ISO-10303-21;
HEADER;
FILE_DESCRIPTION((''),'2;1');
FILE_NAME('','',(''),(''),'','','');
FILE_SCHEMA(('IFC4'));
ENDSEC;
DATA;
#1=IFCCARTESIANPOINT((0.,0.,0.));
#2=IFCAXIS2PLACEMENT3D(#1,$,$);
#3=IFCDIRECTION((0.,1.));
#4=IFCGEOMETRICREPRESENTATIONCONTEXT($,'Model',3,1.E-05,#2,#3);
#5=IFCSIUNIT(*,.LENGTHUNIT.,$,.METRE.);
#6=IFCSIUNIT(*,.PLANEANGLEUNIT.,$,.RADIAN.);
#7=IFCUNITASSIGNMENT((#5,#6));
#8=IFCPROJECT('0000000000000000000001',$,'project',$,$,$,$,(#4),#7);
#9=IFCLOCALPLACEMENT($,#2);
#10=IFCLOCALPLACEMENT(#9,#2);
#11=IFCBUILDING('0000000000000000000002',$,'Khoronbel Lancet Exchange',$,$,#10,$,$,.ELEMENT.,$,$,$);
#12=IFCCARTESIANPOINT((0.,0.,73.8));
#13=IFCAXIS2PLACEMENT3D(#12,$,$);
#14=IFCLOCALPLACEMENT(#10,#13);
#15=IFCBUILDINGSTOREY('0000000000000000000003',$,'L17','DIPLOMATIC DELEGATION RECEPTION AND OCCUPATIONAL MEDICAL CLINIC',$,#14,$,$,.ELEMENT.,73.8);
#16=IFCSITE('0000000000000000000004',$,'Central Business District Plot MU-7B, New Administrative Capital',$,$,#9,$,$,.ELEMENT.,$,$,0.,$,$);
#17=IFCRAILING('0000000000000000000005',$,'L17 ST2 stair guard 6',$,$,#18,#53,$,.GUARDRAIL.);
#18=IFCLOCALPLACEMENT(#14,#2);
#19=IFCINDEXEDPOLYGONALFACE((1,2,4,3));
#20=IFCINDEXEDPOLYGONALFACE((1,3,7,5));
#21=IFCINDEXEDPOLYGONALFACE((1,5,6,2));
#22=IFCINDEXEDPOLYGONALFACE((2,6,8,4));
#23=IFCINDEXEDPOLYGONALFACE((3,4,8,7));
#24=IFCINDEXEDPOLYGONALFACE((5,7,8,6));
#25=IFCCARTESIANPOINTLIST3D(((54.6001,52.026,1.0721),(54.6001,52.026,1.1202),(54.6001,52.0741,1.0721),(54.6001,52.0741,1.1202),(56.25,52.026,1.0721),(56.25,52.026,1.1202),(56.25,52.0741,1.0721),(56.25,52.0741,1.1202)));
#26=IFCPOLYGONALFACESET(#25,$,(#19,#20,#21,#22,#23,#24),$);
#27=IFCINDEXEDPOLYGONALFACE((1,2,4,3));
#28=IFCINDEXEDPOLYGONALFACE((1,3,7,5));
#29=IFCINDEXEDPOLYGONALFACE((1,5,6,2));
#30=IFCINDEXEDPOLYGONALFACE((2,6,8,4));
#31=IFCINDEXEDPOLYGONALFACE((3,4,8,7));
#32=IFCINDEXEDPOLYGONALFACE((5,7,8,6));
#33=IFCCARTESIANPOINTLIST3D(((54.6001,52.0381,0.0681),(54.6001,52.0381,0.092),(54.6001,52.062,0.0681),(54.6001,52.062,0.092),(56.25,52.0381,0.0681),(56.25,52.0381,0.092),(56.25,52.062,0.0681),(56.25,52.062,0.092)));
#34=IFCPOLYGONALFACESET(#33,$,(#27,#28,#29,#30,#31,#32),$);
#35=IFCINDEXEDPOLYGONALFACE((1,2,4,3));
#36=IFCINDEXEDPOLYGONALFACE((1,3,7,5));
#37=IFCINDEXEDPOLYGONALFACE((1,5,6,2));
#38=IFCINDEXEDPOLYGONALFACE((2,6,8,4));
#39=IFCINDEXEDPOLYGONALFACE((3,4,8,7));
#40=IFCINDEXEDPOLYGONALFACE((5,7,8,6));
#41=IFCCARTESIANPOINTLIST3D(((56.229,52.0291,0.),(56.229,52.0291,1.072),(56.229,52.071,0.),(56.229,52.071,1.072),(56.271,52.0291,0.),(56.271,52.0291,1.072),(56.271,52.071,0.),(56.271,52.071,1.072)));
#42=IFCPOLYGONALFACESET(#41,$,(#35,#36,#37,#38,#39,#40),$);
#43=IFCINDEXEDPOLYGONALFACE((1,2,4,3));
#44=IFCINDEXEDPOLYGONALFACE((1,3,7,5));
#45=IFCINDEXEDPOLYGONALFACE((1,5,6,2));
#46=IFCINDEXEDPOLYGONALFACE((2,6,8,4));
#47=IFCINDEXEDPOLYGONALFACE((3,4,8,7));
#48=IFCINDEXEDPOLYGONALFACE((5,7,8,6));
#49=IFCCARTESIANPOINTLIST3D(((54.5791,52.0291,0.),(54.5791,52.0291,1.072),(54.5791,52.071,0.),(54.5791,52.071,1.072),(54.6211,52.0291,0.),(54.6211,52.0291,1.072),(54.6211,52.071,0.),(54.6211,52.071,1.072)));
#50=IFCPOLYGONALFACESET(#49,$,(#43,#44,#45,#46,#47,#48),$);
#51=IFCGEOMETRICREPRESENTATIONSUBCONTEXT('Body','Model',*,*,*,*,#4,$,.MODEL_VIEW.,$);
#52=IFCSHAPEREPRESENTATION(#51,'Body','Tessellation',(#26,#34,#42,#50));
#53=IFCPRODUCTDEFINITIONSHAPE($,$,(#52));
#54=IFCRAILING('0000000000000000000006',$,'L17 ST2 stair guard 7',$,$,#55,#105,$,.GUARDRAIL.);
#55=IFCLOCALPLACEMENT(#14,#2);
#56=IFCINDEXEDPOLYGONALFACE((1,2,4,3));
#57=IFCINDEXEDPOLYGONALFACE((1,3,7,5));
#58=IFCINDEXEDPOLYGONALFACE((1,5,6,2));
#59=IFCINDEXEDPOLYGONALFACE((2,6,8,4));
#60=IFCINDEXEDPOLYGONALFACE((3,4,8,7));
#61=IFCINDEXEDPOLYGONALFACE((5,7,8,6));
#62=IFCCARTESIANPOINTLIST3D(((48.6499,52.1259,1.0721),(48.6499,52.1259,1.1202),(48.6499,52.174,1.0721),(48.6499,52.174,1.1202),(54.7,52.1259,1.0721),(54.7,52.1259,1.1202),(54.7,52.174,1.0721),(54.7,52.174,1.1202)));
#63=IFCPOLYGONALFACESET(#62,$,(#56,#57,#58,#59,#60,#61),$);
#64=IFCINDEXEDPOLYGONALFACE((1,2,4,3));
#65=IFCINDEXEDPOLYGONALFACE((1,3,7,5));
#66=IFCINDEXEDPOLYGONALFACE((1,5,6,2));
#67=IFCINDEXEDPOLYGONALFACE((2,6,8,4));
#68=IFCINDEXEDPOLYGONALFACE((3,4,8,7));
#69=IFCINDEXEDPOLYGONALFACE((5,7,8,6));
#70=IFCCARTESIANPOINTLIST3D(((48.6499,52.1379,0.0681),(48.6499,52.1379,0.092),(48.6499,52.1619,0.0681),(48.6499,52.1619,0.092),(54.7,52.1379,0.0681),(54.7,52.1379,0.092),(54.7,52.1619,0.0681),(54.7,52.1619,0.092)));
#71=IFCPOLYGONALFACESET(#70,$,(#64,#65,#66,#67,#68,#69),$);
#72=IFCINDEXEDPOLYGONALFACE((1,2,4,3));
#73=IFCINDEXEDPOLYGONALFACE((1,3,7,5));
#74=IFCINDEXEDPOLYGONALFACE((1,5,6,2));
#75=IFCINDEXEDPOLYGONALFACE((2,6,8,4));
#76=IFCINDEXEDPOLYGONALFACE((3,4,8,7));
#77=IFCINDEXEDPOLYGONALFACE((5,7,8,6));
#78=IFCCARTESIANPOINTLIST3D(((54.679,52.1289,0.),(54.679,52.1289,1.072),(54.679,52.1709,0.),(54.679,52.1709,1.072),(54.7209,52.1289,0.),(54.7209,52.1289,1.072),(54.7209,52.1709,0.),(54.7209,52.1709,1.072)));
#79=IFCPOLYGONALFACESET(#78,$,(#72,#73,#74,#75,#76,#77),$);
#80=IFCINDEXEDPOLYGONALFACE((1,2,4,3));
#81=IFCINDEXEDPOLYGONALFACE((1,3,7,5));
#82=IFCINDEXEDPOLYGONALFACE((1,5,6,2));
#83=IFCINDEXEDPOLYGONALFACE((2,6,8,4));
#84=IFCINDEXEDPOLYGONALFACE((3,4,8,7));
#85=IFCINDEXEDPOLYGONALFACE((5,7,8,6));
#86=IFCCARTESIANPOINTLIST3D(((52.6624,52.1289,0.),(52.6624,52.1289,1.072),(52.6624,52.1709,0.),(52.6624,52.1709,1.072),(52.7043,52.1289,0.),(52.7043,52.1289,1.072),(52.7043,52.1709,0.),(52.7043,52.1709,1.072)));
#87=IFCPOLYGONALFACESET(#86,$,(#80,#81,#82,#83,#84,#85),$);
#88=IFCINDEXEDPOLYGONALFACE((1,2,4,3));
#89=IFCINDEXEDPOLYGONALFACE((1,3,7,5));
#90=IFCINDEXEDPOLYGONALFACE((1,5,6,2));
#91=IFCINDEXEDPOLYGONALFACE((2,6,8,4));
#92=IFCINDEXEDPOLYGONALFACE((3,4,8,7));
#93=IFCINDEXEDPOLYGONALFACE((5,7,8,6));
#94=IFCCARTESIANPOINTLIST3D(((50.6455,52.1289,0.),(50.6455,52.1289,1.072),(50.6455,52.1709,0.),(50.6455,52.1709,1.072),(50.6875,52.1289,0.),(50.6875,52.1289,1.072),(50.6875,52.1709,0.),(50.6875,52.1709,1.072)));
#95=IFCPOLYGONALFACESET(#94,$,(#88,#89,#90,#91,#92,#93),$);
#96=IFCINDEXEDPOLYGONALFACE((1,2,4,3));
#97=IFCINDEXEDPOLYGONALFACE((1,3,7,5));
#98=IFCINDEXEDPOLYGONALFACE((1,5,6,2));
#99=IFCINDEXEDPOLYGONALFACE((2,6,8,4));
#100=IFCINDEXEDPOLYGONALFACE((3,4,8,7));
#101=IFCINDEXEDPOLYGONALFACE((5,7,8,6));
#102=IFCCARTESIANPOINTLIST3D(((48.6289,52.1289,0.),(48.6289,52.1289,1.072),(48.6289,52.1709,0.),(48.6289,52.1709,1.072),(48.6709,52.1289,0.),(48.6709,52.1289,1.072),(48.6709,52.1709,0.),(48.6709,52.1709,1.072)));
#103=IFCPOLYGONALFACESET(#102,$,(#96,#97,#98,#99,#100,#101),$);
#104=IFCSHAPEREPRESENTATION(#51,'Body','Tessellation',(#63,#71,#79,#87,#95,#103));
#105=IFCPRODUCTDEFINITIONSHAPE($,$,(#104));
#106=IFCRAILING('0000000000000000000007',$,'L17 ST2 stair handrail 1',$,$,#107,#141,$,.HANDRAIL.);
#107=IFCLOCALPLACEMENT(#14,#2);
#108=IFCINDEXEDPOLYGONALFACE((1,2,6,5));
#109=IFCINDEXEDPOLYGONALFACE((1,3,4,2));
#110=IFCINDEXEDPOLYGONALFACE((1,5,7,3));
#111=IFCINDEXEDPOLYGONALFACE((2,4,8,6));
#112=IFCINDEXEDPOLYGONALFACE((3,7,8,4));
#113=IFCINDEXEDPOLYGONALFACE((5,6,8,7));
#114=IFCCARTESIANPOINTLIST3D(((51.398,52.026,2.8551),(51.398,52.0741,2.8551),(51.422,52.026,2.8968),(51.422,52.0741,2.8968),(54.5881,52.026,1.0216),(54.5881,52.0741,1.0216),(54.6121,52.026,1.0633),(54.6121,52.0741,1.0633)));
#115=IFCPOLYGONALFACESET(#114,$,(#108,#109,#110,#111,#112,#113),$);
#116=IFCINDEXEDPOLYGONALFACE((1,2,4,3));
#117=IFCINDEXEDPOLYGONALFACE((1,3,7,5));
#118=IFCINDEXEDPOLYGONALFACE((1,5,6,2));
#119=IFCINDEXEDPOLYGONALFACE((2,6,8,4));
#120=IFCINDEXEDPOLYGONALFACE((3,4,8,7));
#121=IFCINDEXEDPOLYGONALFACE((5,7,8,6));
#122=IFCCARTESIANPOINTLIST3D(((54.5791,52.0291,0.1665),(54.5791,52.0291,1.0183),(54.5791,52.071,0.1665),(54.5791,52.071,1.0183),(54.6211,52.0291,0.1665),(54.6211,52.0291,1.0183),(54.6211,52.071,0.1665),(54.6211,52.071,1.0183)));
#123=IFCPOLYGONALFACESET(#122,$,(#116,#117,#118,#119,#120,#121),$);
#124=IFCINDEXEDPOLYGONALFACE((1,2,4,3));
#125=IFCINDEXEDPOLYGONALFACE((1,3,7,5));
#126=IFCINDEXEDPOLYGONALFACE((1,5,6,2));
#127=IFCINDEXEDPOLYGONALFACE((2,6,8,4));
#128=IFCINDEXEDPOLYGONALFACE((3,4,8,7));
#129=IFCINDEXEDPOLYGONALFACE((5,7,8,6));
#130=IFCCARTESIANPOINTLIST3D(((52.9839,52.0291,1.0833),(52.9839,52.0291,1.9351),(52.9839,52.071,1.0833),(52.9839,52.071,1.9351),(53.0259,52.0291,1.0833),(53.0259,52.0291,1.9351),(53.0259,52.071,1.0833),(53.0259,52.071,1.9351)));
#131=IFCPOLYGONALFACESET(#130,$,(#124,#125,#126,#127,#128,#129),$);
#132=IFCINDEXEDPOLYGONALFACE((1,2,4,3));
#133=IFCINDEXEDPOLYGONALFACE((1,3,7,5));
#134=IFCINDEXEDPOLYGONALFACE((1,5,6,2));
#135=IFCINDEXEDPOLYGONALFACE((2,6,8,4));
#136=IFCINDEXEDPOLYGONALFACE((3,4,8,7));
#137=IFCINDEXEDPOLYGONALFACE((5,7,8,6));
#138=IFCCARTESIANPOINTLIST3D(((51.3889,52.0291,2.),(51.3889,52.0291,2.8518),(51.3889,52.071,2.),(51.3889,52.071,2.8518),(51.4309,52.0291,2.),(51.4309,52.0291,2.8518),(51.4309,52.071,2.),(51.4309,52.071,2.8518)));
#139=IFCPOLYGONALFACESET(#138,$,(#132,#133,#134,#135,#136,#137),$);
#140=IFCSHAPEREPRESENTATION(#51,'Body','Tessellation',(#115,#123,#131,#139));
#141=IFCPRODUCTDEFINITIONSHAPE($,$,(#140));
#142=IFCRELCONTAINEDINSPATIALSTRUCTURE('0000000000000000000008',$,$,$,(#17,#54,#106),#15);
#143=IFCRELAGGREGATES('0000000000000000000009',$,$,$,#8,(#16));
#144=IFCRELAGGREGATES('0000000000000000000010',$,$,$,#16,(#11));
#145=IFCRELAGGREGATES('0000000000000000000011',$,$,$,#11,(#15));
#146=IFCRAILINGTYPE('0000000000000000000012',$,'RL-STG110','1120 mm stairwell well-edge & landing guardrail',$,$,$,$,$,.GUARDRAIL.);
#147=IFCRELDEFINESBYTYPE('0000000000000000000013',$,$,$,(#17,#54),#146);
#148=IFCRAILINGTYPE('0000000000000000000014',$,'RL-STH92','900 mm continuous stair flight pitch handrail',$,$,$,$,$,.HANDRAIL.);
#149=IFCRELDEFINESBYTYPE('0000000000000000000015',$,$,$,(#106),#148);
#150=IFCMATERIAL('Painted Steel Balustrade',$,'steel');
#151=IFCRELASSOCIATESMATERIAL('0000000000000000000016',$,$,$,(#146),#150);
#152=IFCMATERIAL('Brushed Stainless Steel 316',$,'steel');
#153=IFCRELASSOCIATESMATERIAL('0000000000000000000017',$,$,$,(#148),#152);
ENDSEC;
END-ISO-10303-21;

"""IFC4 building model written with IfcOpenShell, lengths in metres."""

from ifc_helpers import new_model, si_unit, direction, frame, origin, origin_2d, place, context, subcontext, project, spatial, rectangle, extrude, material, type_object, element, save


model = new_model("IFC4")

# Units and contexts
model_context = context("Model", 3, precision=1e-05, world=origin(), true_north=direction((0.0, 1.0)))
body_context = subcontext(model_context, "Body", "Model", "MODEL_VIEW")
ifc_project = project(units=[si_unit("LENGTHUNIT", "METRE"), si_unit("PLANEANGLEUNIT", "RADIAN")], contexts=[model_context])

# Site, building, storey
site_placement = place(None, origin())
site = spatial("IfcSite", under=ifc_project, at=site_placement, Name="Central Business District Plot MU-7B, New Administrative Capital", CompositionType="ELEMENT", RefElevation=0.0)
building_placement = place(site_placement, origin())
building = spatial("IfcBuilding", under=site, at=building_placement, Name="Khoronbel Lancet Exchange", CompositionType="ELEMENT")
storey_placement = place(building_placement, frame((0.0, 0.0, 73.8)))
storey = spatial("IfcBuildingStorey", under=building, at=storey_placement, Name="L17", Description="DIPLOMATIC DELEGATION RECEPTION AND OCCUPATIONAL MEDICAL CLINIC", CompositionType="ELEMENT", Elevation=73.8)

# Railings
ifc_material_1 = material(Name="Painted Steel Balustrade", Category="steel")
railing_type_1 = type_object("IfcRailingType", Name="RL-STG110", Description="1120 mm stairwell well-edge & landing guardrail", PredefinedType="GUARDRAIL", material=ifc_material_1)
railing_1_placement = place(storey_placement, frame((56.25, 52.05, 0.0)))
element("IfcRailing", 1, at=railing_1_placement, inside=storey, type_object=railing_type_1, Name="L17 ST2 stair guard 6", PredefinedType="GUARDRAIL", context=body_context, shape_type="SweptSolid", body=[
    extrude(rectangle(XDim=0.0481, YDim=0.0481, at=origin_2d()), frame((0.0, 0.0, 1.0962), z_axis=(-1.0, 0.0, 0.0), x_axis=(0.0, -1.0, 0.0)), (0.0, 0.0, 1.0), 1.6499),
    extrude(rectangle(XDim=0.0239, YDim=0.0239, at=origin_2d()), frame((0.0, 0.0, 0.0801), z_axis=(-1.0, 0.0, 0.0), x_axis=(0.0, -1.0, 0.0)), (0.0, 0.0, 1.0), 1.6499),
    extrude(rectangle(XDim=0.042, YDim=0.042, at=origin_2d()), origin(), (0.0, 0.0, 1.0), 1.072),
    extrude(rectangle(XDim=0.042, YDim=0.042, at=origin_2d()), frame((-1.6499, 0.0, 0.0)), (0.0, 0.0, 1.0), 1.072),
])
railing_2_placement = place(storey_placement, frame((54.7, 52.1499, 0.0)))
element("IfcRailing", 2, at=railing_2_placement, inside=storey, type_object=railing_type_1, Name="L17 ST2 stair guard 7", PredefinedType="GUARDRAIL", context=body_context, shape_type="SweptSolid", body=[
    extrude(rectangle(XDim=0.0481, YDim=0.0481, at=origin_2d()), frame((0.0, 0.0, 1.0962), z_axis=(-1.0, 0.0, 0.0), x_axis=(0.0, -1.0, 0.0)), (0.0, 0.0, 1.0), 6.05),
    extrude(rectangle(XDim=0.0239, YDim=0.0239, at=origin_2d()), frame((0.0, 0.0, 0.0801), z_axis=(-1.0, 0.0, 0.0), x_axis=(0.0, -1.0, 0.0)), (0.0, 0.0, 1.0), 6.05),
    extrude(rectangle(XDim=0.042, YDim=0.042, at=origin_2d()), origin(), (0.0, 0.0, 1.0), 1.072),
    extrude(rectangle(XDim=0.042, YDim=0.042, at=origin_2d()), frame((-2.0166, 0.0, 0.0)), (0.0, 0.0, 1.0), 1.072),
    extrude(rectangle(XDim=0.042, YDim=0.042, at=origin_2d()), frame((-4.0334, 0.0, 0.0)), (0.0, 0.0, 1.0), 1.072),
    extrude(rectangle(XDim=0.042, YDim=0.042, at=origin_2d()), frame((-6.05, 0.0, 0.0)), (0.0, 0.0, 1.0), 1.072),
])
ifc_material_2 = material(Name="Brushed Stainless Steel 316", Category="steel")
railing_type_2 = type_object("IfcRailingType", Name="RL-STH92", Description="900 mm continuous stair flight pitch handrail", PredefinedType="HANDRAIL", material=ifc_material_2)
railing_3_placement = place(storey_placement, frame((54.6001, 52.05, 0.1665)))
element("IfcRailing", 3, at=railing_3_placement, inside=storey, type_object=railing_type_2, Name="L17 ST2 stair handrail 1", PredefinedType="HANDRAIL", context=body_context, shape_type="SweptSolid", body=[
    extrude(rectangle(XDim=0.0481, YDim=0.0481, at=origin_2d()), frame((0.0, 0.0, 0.876), z_axis=(-0.867007, 0.0, 0.498295), x_axis=(0.0, -1.0, 0.0)), (0.0, 0.0, 1.0), 3.6794),
    extrude(rectangle(XDim=0.042, YDim=0.042, at=origin_2d()), origin(), (0.0, 0.0, 1.0), 0.8518),
    extrude(rectangle(XDim=0.042, YDim=0.042, at=origin_2d()), frame((-1.5952, 0.0, 0.9167)), (0.0, 0.0, 1.0), 0.8518),
    extrude(rectangle(XDim=0.042, YDim=0.042, at=origin_2d()), frame((-3.1902, 0.0, 1.8335)), (0.0, 0.0, 1.0), 0.8518),
])

save(model, "model.ifc")
